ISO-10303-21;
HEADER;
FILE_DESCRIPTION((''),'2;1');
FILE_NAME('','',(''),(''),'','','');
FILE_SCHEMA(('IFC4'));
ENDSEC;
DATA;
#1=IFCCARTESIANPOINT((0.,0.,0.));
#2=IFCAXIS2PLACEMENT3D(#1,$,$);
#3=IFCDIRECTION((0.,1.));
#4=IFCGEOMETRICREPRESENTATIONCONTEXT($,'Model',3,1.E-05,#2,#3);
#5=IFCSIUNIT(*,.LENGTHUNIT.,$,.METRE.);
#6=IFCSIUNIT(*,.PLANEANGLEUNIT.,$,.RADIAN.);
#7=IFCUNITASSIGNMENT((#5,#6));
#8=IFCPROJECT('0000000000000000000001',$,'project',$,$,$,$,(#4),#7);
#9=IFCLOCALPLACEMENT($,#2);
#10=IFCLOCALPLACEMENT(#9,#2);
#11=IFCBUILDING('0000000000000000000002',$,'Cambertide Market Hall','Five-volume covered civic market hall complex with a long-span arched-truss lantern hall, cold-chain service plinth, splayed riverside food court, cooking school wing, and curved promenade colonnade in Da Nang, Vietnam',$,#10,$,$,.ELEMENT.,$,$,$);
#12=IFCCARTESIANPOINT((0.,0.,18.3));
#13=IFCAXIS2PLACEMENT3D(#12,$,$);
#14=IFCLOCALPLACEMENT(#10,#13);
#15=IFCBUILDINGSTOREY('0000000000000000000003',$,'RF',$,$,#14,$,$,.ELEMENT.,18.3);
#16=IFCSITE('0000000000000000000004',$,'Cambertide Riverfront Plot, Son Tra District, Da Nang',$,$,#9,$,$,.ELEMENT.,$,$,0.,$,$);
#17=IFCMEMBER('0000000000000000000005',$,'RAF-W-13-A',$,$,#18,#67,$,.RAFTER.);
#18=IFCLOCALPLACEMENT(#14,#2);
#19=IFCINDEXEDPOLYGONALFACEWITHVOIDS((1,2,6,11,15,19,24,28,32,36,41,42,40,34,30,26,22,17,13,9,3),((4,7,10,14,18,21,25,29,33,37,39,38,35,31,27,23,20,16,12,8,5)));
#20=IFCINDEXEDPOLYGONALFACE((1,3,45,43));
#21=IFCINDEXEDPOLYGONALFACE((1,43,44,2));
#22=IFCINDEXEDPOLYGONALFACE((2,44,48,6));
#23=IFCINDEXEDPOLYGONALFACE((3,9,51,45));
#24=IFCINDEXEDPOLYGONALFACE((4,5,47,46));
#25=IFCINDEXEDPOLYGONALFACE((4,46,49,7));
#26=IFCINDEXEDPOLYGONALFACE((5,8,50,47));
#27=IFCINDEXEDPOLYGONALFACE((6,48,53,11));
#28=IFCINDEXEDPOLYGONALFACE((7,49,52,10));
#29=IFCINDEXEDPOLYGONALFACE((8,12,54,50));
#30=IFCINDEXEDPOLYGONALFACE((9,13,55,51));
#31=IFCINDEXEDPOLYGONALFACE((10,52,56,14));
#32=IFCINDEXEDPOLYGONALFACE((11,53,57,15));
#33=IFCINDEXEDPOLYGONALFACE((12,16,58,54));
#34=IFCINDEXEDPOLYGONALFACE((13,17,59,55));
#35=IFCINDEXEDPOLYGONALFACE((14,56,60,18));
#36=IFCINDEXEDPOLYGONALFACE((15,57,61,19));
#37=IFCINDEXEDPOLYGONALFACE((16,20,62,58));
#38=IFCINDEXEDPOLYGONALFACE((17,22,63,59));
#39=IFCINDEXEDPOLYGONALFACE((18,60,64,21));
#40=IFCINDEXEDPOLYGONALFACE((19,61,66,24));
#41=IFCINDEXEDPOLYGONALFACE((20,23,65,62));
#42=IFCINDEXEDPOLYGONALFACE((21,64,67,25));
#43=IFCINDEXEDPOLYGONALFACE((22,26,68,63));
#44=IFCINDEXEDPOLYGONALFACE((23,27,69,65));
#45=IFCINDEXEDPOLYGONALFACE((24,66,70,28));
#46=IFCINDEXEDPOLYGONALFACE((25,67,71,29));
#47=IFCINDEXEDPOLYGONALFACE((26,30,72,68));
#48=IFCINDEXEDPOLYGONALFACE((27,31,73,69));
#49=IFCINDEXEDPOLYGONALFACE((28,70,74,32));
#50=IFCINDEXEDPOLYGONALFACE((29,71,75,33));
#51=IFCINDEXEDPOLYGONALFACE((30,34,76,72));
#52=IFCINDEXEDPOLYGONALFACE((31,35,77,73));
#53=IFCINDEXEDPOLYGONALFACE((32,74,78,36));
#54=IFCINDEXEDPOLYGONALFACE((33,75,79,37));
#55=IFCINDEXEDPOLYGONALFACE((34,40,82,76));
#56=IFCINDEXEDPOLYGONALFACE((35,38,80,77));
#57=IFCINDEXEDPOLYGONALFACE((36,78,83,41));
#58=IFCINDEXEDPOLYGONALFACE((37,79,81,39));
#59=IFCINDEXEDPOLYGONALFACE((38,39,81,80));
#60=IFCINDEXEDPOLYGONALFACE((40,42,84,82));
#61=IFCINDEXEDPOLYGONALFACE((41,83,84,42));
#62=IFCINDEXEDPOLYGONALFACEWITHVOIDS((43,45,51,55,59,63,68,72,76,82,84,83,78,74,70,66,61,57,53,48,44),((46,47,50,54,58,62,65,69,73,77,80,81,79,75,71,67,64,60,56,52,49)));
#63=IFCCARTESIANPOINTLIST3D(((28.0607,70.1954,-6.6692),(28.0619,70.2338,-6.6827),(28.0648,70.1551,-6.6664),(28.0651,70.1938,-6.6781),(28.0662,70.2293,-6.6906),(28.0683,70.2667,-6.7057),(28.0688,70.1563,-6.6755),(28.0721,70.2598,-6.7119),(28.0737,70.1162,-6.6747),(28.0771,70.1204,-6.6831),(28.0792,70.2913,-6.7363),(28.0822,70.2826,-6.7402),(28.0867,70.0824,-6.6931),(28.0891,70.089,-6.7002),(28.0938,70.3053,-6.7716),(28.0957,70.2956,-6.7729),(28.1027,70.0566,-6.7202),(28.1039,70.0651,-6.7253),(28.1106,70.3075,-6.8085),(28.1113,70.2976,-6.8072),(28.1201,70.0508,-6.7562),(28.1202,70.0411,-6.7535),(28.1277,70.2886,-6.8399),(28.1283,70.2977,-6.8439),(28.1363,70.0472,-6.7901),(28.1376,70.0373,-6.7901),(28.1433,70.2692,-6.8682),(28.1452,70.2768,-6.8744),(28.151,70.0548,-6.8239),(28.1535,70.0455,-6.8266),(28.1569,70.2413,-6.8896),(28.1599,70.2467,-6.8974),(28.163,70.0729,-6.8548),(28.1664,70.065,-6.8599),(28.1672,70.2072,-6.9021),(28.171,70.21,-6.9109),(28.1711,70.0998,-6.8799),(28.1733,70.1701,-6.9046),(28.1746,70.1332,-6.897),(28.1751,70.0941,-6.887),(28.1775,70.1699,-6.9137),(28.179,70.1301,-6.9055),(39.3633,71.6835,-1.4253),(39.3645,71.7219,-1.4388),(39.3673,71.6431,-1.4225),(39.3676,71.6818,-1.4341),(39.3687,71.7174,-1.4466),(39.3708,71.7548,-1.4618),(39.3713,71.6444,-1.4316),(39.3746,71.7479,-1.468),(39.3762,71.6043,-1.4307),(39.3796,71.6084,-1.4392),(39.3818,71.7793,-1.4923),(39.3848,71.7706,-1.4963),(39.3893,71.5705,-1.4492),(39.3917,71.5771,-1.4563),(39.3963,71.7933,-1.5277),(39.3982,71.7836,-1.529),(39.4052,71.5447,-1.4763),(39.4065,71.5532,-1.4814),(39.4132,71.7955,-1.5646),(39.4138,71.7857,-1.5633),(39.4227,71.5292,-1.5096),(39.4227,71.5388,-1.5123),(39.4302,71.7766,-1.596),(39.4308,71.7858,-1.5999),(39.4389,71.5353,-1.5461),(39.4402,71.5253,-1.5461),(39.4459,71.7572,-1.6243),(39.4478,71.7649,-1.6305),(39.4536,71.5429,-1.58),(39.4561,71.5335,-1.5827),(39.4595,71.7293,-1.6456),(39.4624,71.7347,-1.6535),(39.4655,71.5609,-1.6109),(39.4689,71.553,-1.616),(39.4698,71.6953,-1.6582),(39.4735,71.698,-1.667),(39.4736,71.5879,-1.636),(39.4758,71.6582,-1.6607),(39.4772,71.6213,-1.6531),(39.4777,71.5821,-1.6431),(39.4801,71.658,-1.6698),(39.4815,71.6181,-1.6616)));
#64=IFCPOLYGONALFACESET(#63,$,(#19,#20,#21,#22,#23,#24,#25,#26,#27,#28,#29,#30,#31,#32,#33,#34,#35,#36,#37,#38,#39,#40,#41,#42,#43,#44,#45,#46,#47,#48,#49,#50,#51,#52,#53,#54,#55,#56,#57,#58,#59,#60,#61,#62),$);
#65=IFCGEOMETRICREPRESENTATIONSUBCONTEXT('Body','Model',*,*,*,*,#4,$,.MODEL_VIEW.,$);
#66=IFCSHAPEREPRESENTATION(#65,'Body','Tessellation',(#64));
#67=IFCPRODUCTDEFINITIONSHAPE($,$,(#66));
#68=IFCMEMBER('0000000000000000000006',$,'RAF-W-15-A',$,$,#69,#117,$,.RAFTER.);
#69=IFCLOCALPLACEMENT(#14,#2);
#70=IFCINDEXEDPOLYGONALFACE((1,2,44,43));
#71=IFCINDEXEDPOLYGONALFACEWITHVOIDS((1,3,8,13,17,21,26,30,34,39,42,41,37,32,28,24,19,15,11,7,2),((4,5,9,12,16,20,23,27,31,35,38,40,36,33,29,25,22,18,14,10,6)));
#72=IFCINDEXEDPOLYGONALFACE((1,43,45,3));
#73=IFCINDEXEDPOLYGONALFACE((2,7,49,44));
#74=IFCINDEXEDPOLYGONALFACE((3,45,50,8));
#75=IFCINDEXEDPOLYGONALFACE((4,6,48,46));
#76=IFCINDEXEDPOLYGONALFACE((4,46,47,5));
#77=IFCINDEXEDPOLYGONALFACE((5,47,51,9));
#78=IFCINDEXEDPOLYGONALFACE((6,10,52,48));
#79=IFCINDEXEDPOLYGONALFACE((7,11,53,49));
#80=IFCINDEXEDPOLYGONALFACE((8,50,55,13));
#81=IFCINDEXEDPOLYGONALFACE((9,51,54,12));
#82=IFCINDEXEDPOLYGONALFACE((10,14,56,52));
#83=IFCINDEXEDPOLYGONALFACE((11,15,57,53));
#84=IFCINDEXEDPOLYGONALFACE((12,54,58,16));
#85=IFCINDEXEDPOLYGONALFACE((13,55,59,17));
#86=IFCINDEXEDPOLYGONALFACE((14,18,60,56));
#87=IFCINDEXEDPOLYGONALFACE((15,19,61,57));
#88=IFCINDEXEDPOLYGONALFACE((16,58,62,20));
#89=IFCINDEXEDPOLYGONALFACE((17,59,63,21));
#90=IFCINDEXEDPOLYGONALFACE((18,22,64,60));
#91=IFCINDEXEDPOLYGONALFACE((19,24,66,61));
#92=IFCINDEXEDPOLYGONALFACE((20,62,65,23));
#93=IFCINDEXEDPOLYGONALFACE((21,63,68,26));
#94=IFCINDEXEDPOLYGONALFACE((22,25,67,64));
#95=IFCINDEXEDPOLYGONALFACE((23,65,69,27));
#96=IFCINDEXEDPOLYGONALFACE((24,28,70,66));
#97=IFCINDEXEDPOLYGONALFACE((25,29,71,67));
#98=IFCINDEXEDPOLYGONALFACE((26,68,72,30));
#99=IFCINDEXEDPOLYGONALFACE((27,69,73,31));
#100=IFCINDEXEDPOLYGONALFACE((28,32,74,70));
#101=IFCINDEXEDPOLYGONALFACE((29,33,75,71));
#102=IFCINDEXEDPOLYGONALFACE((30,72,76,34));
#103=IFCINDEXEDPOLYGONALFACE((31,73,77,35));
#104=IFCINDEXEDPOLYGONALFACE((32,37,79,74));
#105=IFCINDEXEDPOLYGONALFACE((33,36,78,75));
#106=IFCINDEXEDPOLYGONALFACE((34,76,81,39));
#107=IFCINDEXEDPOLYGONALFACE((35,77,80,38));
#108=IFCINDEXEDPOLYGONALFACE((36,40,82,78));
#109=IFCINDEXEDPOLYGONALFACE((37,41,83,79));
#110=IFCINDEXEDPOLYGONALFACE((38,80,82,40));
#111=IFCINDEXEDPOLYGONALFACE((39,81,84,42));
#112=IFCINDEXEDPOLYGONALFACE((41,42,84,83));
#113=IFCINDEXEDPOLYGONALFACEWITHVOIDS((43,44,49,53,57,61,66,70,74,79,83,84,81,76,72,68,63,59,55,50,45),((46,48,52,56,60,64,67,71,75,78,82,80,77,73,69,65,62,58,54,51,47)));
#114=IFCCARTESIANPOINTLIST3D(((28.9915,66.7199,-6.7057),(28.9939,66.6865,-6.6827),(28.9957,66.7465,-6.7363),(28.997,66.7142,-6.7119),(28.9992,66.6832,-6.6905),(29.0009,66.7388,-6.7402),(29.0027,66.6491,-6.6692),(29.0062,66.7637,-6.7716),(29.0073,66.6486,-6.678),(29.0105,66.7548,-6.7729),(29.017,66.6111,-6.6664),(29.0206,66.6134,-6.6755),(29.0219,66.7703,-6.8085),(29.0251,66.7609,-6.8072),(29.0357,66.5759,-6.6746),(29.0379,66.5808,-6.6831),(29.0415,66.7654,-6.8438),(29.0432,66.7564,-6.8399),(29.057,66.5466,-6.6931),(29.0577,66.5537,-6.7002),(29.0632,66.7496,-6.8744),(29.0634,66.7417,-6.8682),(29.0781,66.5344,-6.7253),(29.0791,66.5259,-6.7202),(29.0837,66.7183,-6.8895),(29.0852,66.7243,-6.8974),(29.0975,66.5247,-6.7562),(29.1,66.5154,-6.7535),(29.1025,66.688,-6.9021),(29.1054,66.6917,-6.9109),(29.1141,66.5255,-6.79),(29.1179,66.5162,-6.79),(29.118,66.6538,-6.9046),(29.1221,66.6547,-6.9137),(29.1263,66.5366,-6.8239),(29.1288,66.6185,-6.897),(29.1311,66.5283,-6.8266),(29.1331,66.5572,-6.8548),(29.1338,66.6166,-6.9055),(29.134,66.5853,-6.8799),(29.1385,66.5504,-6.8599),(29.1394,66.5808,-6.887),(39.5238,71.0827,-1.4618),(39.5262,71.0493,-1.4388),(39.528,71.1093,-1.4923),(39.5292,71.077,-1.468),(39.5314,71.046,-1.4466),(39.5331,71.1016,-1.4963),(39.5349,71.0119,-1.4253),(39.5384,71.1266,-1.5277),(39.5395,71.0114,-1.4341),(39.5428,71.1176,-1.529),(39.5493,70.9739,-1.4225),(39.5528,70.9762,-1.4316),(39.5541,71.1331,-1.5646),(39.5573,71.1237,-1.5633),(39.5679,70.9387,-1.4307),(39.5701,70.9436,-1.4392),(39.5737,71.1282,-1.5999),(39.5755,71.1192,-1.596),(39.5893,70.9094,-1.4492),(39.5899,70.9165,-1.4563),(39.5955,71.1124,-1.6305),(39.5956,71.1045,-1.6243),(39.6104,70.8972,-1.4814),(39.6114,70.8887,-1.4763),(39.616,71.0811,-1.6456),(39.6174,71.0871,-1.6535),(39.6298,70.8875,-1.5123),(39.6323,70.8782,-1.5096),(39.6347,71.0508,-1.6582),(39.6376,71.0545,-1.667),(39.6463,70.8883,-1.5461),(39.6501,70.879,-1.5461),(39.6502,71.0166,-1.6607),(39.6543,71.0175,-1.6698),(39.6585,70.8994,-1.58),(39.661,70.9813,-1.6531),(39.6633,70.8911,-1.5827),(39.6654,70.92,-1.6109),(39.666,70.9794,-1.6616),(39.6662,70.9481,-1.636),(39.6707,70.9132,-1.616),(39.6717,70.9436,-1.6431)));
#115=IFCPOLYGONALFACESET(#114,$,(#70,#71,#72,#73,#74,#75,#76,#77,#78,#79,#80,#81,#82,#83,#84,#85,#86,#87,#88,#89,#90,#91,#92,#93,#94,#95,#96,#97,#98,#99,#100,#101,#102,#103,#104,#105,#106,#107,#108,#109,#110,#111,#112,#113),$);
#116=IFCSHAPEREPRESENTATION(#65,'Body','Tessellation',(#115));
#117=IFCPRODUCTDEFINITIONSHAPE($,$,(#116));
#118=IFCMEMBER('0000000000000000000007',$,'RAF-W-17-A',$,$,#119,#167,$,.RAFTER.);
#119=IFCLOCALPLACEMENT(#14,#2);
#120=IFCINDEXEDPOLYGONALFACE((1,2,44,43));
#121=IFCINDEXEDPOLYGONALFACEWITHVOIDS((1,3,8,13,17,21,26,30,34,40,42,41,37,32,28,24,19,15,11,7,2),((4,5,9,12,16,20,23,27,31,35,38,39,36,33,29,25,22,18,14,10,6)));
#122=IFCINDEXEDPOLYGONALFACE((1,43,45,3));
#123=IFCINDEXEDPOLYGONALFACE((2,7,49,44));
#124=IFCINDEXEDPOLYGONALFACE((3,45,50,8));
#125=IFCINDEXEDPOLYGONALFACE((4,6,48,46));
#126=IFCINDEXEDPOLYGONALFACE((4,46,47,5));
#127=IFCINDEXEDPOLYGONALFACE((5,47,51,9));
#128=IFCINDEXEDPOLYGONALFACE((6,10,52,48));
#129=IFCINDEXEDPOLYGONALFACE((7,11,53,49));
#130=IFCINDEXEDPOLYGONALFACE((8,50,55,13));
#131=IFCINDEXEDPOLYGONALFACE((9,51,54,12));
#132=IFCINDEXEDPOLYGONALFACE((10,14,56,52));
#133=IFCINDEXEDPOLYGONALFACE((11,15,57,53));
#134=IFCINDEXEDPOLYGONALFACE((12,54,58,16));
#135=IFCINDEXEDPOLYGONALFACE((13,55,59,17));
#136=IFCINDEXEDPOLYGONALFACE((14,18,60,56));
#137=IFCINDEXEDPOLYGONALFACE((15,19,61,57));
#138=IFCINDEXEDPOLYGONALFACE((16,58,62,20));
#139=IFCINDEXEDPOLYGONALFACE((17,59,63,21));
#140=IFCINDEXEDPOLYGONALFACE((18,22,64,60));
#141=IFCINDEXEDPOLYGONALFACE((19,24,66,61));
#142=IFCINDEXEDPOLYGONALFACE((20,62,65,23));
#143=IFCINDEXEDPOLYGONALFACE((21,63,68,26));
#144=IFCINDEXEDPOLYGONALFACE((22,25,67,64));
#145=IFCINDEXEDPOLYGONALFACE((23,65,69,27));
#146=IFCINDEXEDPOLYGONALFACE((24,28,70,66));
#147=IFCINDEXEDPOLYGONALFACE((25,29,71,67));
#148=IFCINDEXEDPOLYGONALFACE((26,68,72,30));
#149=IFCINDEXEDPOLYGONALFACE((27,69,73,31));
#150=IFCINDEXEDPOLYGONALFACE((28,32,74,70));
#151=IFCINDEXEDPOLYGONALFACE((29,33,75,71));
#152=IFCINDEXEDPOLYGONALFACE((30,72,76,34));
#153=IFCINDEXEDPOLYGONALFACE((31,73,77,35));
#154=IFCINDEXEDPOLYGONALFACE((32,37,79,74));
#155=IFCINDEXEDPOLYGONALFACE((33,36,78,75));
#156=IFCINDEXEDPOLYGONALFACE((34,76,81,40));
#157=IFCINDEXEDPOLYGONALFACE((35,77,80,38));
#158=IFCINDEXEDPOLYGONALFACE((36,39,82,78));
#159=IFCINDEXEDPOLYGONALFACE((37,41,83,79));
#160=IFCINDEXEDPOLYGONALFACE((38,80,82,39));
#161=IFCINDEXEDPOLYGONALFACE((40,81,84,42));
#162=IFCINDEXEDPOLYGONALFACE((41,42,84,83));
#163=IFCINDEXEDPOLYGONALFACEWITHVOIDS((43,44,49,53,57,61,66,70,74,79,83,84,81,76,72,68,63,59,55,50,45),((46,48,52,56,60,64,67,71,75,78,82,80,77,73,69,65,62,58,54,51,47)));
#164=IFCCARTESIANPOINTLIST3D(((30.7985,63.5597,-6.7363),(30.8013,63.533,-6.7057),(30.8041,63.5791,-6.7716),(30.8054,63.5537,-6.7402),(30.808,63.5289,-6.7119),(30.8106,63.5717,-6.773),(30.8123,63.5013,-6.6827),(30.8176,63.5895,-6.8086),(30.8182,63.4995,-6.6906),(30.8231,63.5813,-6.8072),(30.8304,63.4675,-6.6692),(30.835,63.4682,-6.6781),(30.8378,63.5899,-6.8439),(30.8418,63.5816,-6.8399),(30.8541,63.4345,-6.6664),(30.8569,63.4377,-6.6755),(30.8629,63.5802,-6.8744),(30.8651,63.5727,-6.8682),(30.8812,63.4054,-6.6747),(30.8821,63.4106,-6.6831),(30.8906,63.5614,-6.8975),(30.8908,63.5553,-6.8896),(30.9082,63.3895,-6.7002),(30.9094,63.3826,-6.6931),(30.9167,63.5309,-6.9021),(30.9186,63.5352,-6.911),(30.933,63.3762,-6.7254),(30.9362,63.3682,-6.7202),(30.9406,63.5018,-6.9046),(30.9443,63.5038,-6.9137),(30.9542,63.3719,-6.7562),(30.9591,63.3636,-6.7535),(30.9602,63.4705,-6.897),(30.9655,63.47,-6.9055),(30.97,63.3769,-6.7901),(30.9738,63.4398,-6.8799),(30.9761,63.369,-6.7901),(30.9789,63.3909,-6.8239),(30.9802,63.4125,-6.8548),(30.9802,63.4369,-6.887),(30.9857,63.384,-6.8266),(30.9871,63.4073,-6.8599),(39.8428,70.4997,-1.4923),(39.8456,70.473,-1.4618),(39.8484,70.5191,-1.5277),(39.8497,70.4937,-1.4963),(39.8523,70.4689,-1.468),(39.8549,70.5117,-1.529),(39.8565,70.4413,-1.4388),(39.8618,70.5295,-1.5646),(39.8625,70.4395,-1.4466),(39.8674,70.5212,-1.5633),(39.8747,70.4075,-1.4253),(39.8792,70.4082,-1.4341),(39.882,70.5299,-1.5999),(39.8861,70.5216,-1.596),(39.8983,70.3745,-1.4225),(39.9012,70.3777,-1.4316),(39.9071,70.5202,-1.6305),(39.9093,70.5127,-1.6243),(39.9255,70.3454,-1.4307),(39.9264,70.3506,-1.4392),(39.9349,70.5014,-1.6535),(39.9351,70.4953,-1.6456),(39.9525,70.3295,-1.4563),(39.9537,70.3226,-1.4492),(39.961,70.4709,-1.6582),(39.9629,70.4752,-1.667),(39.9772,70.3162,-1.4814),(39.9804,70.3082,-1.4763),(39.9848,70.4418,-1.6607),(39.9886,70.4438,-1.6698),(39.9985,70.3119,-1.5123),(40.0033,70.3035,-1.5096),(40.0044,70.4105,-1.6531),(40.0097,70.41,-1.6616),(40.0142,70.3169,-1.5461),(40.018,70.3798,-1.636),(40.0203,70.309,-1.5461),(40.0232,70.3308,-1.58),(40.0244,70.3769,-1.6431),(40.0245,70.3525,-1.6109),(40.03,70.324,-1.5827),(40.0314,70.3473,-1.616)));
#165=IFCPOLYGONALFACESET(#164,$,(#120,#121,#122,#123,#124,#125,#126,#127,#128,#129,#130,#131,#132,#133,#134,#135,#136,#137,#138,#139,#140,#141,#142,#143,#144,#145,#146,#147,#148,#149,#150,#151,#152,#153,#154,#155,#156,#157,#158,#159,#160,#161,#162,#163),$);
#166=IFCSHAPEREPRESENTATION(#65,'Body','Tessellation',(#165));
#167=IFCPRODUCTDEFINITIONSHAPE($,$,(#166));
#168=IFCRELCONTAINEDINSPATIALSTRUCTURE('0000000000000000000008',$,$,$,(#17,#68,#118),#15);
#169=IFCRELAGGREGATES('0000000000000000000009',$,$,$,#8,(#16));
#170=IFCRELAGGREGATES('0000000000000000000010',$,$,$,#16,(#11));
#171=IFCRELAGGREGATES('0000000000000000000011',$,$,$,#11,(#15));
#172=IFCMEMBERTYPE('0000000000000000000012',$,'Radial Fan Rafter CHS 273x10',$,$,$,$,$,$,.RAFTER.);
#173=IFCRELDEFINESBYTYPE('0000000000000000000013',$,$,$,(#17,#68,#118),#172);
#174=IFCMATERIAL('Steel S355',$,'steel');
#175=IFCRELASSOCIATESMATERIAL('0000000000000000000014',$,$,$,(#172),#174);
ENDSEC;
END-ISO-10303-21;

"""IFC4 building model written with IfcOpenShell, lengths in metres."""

from ifc_helpers import new_model, si_unit, direction, frame, origin, origin_2d, place, context, subcontext, project, spatial, hollow_circle, extrude, material, material_profile, profile_set, type_object, element, save


model = new_model("IFC4")

# Units and contexts
model_context = context("Model", 3, precision=1e-05, world=origin(), true_north=direction((0.0, 1.0)))
body_context = subcontext(model_context, "Body", "Model", "MODEL_VIEW")
ifc_project = project(units=[si_unit("LENGTHUNIT", "METRE"), si_unit("PLANEANGLEUNIT", "RADIAN")], contexts=[model_context])

# Site, building, storey
site_placement = place(None, origin())
site = spatial("IfcSite", under=ifc_project, at=site_placement, Name="Cambertide Riverfront Plot, Son Tra District, Da Nang", CompositionType="ELEMENT", RefElevation=0.0)
building_placement = place(site_placement, origin())
building = spatial("IfcBuilding", under=site, at=building_placement, Name="Cambertide Market Hall", Description="Five-volume covered civic market hall complex with a long-span arched-truss lantern hall, cold-chain service plinth, splayed riverside food court, cooking school wing, and curved promenade colonnade in Da Nang, Vietnam", CompositionType="ELEMENT")
storey_placement = place(building_placement, frame((0.0, 0.0, 18.3)))
storey = spatial("IfcBuildingStorey", under=building, at=storey_placement, Name="RF", CompositionType="ELEMENT", Elevation=18.3)

# Members
ifc_material_1 = material(Name="Steel S355", Category="steel")
ifc_material_profile_1 = material_profile(ifc_material_1, hollow_circle(Radius=0.1365, WallThickness=0.01, at=origin_2d()), Name="CHS 273x10")
ifc_profile_set_1 = profile_set([ifc_material_profile_1], Name="Steel S355")
member_type_1 = type_object("IfcMemberType", Name="Radial Fan Rafter CHS 273x10", PredefinedType="RAFTER", material=ifc_profile_set_1)
for number, where, z_axis, x_axis, name in (
    (1, (39.4224, 71.6606, -1.5461), (-0.900721, -0.118585, -0.417898), (0.130529, -0.991444, 0.0), "RAF-W-13-A"),
    (2, (39.5979, 71.0051, -1.5461), (-0.839334, -0.34768, -0.417896), (0.382699, -0.923873, 0.0), "RAF-W-15-A"),
    (3, (39.9373, 70.4172, -1.5461), (-0.720753, -0.55306, -0.417899), (0.608766, -0.793349, 0.0), "RAF-W-17-A"),
):
    element("IfcMember", number, at=place(storey_placement, frame(where, z_axis=z_axis, x_axis=x_axis)), inside=storey, type_object=member_type_1, Name=name, PredefinedType="RAFTER", context=body_context, shape_type="SweptSolid", body=[
        extrude(hollow_circle(Radius=0.1365, WallThickness=0.01, at=origin_2d()), origin(), (0.0, 0.0, 1.0), 12.5483),
    ])

save(model, "model.ifc")
